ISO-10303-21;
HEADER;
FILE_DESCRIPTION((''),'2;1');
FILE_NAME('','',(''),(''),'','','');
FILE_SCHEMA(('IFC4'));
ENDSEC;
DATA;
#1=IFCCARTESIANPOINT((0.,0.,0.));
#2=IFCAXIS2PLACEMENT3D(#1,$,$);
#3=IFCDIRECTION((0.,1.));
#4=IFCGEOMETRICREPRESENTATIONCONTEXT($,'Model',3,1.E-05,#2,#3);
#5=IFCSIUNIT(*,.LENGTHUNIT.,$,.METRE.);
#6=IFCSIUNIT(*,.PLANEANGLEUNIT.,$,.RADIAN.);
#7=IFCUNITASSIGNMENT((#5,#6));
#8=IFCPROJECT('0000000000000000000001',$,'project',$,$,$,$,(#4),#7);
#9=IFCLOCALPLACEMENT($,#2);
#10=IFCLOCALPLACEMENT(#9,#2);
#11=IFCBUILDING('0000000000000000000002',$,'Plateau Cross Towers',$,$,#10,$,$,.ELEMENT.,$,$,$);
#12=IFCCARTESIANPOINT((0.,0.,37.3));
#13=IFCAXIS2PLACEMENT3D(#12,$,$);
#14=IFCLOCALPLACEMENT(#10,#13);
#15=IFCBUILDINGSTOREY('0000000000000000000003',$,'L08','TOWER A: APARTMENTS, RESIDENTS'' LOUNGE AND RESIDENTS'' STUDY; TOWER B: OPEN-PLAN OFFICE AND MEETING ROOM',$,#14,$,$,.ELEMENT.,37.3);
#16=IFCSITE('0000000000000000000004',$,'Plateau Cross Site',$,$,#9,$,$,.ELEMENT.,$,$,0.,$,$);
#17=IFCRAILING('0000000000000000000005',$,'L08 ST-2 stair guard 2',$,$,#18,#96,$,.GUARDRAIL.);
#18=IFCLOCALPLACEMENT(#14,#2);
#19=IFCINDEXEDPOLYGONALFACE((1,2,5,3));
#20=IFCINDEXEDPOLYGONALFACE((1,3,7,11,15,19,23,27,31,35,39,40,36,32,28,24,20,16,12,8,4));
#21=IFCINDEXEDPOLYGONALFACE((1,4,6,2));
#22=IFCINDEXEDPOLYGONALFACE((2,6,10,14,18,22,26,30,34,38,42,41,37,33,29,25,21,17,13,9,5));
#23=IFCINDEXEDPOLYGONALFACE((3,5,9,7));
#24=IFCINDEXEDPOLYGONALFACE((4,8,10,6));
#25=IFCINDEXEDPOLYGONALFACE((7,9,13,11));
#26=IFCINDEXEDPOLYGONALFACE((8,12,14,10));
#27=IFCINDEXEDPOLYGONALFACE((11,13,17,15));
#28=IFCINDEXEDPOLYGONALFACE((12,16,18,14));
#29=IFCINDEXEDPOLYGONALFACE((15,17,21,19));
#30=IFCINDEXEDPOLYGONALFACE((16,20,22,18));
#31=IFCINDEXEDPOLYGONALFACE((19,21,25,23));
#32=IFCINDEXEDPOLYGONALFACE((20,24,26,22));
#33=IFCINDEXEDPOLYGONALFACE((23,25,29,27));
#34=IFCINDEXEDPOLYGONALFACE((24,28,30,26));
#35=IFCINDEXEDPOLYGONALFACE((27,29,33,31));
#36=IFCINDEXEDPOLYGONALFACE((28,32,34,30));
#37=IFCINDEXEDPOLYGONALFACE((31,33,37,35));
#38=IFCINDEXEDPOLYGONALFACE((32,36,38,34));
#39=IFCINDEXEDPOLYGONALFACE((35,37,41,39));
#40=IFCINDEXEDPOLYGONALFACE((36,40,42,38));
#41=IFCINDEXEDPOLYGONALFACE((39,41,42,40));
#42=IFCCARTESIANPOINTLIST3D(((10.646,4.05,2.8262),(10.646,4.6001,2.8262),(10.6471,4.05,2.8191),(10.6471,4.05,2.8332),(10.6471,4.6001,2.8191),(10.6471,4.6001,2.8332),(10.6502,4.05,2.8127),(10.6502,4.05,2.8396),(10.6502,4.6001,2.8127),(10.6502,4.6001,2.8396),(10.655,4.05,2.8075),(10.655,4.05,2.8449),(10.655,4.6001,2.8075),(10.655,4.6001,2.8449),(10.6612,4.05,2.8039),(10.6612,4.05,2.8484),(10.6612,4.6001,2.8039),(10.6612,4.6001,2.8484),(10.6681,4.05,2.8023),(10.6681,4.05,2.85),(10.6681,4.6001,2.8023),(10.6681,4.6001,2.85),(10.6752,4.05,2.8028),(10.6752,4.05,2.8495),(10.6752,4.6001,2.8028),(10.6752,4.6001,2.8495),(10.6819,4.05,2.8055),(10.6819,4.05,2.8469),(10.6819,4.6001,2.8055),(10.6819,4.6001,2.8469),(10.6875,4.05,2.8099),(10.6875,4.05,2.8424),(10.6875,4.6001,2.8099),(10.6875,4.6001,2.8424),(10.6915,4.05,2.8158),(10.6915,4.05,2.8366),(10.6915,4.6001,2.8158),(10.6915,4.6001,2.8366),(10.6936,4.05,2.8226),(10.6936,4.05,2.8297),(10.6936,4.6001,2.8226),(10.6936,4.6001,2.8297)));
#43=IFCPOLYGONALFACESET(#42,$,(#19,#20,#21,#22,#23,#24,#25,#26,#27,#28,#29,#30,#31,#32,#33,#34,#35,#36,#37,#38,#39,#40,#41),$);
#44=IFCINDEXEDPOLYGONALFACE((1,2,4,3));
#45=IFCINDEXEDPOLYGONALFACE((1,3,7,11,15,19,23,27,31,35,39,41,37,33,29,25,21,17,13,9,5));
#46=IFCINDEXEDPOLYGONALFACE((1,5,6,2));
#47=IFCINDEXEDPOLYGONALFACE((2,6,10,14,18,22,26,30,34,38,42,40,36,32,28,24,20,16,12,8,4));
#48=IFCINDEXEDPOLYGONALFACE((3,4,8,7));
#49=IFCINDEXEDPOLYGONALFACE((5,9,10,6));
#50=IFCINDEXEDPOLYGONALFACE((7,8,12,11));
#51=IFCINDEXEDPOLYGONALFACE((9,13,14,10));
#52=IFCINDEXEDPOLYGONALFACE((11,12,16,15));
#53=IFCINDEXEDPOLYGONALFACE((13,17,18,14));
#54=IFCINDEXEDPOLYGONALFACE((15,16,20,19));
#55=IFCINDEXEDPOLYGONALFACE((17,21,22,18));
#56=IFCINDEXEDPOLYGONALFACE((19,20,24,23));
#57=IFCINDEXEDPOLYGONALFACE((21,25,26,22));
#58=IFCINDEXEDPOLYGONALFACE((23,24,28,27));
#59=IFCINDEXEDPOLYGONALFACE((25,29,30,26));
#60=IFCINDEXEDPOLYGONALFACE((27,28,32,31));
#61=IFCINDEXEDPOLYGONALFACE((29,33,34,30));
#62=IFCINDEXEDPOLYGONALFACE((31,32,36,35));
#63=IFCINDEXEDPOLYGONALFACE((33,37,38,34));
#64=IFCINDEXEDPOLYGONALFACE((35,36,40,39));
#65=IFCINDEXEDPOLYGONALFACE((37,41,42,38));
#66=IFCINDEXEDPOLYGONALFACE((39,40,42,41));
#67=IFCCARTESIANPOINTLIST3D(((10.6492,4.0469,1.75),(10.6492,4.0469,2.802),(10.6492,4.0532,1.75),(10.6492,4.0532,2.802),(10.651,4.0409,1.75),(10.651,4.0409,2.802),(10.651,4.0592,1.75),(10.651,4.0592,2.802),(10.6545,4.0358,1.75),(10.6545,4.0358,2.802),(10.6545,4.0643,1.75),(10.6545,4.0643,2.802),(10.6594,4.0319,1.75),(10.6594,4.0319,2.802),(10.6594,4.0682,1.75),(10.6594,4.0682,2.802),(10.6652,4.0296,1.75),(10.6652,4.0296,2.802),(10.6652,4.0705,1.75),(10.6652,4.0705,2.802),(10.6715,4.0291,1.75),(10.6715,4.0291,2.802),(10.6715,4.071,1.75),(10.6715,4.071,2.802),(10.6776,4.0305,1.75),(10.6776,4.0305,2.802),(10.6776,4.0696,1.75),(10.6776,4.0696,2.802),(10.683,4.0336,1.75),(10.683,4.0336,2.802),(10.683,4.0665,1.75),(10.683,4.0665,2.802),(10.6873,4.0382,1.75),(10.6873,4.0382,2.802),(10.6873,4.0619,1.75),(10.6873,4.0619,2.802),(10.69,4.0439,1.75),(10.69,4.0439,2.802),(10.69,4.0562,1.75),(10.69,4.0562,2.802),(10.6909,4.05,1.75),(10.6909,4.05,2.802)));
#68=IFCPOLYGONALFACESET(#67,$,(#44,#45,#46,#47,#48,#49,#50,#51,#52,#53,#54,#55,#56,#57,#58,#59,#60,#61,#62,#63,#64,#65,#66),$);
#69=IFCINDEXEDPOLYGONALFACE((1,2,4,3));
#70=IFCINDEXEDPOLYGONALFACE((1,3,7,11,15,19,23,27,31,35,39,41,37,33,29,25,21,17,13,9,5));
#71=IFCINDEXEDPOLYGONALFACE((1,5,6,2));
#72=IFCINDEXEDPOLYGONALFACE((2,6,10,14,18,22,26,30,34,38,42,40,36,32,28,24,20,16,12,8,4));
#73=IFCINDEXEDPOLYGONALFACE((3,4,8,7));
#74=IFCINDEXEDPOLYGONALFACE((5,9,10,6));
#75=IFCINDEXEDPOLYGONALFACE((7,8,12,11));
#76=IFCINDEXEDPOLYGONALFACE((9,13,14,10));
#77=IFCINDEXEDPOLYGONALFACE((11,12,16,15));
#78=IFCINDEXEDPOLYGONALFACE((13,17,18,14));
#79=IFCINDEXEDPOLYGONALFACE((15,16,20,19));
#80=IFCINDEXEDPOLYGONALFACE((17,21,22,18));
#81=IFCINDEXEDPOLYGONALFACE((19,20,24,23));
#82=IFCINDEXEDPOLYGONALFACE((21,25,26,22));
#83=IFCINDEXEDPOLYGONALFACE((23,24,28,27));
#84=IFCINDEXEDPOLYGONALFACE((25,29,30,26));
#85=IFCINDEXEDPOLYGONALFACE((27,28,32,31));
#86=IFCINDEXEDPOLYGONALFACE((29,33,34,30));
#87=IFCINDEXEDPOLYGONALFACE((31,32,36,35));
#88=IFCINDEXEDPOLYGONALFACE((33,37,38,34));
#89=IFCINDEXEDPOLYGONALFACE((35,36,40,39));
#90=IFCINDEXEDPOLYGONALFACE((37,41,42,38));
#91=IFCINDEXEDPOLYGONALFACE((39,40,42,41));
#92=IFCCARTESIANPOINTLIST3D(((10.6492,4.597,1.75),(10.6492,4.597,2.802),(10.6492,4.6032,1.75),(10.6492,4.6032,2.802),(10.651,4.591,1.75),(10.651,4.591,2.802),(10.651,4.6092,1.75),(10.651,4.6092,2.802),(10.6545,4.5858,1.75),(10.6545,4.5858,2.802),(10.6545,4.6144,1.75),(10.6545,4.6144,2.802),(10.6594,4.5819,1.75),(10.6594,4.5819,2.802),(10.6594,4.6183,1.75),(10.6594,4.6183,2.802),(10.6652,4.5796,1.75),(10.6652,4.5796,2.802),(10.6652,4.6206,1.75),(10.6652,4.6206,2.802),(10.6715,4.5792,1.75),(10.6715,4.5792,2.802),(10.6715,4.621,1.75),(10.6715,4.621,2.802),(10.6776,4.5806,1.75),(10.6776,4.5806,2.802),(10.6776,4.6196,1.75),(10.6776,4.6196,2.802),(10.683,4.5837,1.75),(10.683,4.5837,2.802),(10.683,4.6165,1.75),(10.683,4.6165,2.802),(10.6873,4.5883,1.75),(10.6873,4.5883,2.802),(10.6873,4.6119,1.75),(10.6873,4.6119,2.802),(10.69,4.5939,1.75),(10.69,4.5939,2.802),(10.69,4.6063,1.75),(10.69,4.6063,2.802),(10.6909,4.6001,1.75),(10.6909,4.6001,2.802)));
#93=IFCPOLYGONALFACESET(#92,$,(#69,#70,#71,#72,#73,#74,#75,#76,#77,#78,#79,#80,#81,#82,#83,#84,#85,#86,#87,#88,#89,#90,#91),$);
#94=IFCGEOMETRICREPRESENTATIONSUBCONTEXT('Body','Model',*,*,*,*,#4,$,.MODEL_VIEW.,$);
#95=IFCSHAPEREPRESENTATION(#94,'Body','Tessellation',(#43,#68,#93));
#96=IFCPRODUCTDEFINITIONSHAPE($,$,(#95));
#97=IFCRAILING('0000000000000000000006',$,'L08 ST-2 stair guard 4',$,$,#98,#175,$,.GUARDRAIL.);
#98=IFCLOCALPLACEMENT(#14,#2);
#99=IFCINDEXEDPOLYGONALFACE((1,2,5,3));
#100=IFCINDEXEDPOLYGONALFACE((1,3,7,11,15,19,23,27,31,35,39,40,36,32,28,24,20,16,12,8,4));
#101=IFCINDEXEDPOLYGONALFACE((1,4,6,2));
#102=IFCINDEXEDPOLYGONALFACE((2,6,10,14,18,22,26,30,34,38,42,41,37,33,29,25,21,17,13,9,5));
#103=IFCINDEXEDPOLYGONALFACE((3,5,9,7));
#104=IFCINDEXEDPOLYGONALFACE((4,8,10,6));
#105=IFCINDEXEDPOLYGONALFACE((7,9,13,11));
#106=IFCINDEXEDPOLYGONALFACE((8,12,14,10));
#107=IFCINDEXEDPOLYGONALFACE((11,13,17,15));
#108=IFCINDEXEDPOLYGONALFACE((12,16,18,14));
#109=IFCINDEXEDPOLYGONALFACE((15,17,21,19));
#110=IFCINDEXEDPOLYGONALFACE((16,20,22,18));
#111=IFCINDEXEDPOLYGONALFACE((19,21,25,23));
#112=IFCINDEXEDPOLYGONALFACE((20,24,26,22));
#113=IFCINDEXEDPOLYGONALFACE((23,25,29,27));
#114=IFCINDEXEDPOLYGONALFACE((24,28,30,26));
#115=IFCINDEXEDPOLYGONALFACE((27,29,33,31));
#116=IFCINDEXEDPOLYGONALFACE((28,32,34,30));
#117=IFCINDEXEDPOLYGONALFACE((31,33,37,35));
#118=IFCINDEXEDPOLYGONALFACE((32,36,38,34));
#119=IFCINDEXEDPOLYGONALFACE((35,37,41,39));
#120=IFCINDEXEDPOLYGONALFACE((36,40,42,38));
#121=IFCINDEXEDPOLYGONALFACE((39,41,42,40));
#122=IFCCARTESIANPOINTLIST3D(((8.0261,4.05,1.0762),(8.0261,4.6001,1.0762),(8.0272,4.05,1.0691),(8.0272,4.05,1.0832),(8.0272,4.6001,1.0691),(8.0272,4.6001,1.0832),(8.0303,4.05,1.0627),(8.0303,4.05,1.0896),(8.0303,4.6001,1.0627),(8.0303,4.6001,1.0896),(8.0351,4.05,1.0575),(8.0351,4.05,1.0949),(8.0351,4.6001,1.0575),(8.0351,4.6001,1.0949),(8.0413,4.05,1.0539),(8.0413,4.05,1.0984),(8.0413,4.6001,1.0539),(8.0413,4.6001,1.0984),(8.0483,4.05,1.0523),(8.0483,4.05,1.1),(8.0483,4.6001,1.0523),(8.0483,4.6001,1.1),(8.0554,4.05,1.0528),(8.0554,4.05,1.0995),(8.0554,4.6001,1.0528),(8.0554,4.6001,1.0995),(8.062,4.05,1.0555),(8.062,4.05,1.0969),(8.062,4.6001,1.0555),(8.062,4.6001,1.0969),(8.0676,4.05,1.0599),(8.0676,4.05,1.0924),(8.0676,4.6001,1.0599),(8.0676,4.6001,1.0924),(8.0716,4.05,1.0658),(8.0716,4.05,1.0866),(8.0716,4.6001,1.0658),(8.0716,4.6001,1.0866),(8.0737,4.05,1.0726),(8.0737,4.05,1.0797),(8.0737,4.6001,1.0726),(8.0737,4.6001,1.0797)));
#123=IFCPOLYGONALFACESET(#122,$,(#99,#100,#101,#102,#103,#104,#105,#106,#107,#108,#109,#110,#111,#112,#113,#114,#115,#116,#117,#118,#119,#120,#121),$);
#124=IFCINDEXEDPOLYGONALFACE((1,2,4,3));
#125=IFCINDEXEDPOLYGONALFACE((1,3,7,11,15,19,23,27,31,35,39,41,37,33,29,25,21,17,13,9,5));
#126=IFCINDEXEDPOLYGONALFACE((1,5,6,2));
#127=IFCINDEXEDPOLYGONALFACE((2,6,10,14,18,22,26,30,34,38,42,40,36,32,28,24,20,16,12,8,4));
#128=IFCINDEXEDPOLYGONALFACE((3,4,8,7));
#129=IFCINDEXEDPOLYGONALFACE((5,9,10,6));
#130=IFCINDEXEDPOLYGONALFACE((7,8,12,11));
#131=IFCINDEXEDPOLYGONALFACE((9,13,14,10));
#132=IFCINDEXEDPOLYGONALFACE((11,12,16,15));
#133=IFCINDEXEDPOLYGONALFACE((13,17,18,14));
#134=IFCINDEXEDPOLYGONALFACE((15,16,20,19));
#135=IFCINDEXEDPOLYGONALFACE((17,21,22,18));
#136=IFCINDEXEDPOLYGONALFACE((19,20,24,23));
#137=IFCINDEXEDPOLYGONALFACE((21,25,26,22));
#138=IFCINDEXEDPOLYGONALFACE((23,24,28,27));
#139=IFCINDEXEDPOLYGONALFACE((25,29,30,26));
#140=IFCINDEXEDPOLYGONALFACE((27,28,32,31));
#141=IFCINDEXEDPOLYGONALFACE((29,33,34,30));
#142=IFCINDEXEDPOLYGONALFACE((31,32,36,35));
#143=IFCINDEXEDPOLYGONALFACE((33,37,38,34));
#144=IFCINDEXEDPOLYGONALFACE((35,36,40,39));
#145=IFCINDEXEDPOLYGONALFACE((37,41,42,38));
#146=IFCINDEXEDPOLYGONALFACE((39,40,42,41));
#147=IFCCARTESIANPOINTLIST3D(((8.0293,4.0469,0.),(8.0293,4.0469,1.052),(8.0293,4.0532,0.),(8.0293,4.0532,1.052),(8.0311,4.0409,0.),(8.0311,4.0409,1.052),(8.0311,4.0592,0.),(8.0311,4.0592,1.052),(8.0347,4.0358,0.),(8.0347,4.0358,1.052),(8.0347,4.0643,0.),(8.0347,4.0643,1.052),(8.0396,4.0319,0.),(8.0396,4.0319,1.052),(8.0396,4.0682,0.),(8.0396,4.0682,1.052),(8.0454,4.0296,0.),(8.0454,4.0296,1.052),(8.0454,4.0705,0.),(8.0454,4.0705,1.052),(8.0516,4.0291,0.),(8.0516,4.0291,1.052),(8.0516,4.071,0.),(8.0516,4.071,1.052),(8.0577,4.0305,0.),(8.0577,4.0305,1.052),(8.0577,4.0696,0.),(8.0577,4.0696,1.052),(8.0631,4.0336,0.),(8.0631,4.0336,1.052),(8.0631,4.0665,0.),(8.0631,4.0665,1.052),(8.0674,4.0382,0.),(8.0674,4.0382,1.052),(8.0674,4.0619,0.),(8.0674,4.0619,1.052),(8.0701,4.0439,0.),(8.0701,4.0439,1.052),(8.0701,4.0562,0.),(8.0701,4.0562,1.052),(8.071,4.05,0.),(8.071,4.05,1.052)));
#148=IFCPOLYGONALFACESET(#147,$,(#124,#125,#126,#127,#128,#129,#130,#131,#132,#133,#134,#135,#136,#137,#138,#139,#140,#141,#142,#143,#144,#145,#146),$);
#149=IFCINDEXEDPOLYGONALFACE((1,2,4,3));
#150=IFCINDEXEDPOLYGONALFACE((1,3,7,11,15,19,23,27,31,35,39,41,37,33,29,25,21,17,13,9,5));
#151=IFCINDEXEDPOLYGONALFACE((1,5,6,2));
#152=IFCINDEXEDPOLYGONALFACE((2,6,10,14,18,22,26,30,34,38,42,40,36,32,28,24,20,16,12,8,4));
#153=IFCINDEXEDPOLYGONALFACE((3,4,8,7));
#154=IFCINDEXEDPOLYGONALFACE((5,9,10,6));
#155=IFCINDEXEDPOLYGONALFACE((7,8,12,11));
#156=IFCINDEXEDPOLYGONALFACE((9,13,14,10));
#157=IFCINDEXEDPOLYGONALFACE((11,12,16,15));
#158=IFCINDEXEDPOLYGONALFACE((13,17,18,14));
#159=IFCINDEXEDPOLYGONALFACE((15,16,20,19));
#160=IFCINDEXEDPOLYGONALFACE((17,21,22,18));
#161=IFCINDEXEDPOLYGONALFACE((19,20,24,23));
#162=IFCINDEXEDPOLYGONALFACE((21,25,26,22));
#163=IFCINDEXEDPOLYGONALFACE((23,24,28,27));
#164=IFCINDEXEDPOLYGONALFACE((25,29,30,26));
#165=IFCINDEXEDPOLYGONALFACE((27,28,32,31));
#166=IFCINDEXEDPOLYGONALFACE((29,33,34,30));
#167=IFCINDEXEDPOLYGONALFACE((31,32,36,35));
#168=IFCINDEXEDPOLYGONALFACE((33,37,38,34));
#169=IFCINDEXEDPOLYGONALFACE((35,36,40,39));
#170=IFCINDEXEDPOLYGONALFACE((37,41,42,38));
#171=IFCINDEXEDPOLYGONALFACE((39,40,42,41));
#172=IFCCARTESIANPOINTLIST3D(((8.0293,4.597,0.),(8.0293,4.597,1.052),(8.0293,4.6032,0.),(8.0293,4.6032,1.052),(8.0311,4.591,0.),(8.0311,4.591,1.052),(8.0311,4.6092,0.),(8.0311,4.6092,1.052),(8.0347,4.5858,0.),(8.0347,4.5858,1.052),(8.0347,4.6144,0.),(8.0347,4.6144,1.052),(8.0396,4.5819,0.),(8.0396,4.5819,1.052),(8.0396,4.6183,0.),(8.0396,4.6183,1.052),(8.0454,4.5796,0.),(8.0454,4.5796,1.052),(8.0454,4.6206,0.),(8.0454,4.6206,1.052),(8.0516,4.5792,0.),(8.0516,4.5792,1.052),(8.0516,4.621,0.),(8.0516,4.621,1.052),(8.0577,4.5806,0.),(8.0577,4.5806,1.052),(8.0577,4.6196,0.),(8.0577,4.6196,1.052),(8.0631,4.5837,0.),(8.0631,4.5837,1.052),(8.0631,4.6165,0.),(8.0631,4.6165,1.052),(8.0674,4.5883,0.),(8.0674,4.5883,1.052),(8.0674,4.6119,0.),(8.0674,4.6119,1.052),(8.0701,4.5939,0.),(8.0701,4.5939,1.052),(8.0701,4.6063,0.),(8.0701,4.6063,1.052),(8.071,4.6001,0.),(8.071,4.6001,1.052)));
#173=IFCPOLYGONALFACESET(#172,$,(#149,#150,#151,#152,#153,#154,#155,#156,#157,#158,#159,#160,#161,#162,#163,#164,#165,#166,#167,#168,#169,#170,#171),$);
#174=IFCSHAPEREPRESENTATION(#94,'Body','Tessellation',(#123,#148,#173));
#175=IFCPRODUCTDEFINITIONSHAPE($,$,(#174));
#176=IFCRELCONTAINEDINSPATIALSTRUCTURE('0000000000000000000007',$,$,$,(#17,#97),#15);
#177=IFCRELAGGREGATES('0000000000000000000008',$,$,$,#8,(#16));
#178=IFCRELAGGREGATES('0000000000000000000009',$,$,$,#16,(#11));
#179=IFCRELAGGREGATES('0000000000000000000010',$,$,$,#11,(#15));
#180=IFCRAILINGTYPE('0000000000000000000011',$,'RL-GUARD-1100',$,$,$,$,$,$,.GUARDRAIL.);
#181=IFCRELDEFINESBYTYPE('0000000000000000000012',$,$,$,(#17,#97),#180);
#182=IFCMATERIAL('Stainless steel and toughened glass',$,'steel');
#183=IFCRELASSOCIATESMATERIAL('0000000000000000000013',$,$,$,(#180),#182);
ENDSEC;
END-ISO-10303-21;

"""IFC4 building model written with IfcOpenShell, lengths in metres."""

from ifc_helpers import new_model, si_unit, direction, frame, origin, origin_2d, place, context, subcontext, project, spatial, circle, extrude, material, type_object, element, save


model = new_model("IFC4")

# Units and contexts
model_context = context("Model", 3, precision=1e-05, world=origin(), true_north=direction((0.0, 1.0)))
body_context = subcontext(model_context, "Body", "Model", "MODEL_VIEW")
ifc_project = project(units=[si_unit("LENGTHUNIT", "METRE"), si_unit("PLANEANGLEUNIT", "RADIAN")], contexts=[model_context])

# Site, building, storey
site_placement = place(None, origin())
site = spatial("IfcSite", under=ifc_project, at=site_placement, Name="Plateau Cross Site", CompositionType="ELEMENT", RefElevation=0.0)
building_placement = place(site_placement, origin())
building = spatial("IfcBuilding", under=site, at=building_placement, Name="Plateau Cross Towers", CompositionType="ELEMENT")
storey_placement = place(building_placement, frame((0.0, 0.0, 37.3)))
storey = spatial("IfcBuildingStorey", under=building, at=storey_placement, Name="L08", Description="TOWER A: APARTMENTS, RESIDENTS' LOUNGE AND RESIDENTS' STUDY; TOWER B: OPEN-PLAN OFFICE AND MEETING ROOM", CompositionType="ELEMENT", Elevation=37.3)

# Railings
ifc_material_1 = material(Name="Stainless steel and toughened glass", Category="steel")
railing_type_1 = type_object("IfcRailingType", Name="RL-GUARD-1100", PredefinedType="GUARDRAIL", material=ifc_material_1)
for number, where, name in (
    (1, (10.6699, 4.05, 1.75), "L08 ST-2 stair guard 2"),
    (2, (8.05, 4.05, 0.0), "L08 ST-2 stair guard 4"),
):
    element("IfcRailing", number, at=place(storey_placement, frame(where)), inside=storey, type_object=railing_type_1, Name=name, PredefinedType="GUARDRAIL", context=body_context, shape_type="SweptSolid", body=[
        extrude(circle(Radius=0.0239, at=origin_2d()), frame((0.0, 0.0, 1.0762), z_axis=(0.0, 1.0, 0.0), x_axis=(-1.0, 0.0, 0.0)), (0.0, 0.0, 1.0), 0.55),
        extrude(circle(Radius=0.021, at=origin_2d()), origin(), (0.0, 0.0, 1.0), 1.052),
        extrude(circle(Radius=0.021, at=origin_2d()), frame((0.0, 0.55, 0.0)), (0.0, 0.0, 1.0), 1.052),
    ])

save(model, "model.ifc")
